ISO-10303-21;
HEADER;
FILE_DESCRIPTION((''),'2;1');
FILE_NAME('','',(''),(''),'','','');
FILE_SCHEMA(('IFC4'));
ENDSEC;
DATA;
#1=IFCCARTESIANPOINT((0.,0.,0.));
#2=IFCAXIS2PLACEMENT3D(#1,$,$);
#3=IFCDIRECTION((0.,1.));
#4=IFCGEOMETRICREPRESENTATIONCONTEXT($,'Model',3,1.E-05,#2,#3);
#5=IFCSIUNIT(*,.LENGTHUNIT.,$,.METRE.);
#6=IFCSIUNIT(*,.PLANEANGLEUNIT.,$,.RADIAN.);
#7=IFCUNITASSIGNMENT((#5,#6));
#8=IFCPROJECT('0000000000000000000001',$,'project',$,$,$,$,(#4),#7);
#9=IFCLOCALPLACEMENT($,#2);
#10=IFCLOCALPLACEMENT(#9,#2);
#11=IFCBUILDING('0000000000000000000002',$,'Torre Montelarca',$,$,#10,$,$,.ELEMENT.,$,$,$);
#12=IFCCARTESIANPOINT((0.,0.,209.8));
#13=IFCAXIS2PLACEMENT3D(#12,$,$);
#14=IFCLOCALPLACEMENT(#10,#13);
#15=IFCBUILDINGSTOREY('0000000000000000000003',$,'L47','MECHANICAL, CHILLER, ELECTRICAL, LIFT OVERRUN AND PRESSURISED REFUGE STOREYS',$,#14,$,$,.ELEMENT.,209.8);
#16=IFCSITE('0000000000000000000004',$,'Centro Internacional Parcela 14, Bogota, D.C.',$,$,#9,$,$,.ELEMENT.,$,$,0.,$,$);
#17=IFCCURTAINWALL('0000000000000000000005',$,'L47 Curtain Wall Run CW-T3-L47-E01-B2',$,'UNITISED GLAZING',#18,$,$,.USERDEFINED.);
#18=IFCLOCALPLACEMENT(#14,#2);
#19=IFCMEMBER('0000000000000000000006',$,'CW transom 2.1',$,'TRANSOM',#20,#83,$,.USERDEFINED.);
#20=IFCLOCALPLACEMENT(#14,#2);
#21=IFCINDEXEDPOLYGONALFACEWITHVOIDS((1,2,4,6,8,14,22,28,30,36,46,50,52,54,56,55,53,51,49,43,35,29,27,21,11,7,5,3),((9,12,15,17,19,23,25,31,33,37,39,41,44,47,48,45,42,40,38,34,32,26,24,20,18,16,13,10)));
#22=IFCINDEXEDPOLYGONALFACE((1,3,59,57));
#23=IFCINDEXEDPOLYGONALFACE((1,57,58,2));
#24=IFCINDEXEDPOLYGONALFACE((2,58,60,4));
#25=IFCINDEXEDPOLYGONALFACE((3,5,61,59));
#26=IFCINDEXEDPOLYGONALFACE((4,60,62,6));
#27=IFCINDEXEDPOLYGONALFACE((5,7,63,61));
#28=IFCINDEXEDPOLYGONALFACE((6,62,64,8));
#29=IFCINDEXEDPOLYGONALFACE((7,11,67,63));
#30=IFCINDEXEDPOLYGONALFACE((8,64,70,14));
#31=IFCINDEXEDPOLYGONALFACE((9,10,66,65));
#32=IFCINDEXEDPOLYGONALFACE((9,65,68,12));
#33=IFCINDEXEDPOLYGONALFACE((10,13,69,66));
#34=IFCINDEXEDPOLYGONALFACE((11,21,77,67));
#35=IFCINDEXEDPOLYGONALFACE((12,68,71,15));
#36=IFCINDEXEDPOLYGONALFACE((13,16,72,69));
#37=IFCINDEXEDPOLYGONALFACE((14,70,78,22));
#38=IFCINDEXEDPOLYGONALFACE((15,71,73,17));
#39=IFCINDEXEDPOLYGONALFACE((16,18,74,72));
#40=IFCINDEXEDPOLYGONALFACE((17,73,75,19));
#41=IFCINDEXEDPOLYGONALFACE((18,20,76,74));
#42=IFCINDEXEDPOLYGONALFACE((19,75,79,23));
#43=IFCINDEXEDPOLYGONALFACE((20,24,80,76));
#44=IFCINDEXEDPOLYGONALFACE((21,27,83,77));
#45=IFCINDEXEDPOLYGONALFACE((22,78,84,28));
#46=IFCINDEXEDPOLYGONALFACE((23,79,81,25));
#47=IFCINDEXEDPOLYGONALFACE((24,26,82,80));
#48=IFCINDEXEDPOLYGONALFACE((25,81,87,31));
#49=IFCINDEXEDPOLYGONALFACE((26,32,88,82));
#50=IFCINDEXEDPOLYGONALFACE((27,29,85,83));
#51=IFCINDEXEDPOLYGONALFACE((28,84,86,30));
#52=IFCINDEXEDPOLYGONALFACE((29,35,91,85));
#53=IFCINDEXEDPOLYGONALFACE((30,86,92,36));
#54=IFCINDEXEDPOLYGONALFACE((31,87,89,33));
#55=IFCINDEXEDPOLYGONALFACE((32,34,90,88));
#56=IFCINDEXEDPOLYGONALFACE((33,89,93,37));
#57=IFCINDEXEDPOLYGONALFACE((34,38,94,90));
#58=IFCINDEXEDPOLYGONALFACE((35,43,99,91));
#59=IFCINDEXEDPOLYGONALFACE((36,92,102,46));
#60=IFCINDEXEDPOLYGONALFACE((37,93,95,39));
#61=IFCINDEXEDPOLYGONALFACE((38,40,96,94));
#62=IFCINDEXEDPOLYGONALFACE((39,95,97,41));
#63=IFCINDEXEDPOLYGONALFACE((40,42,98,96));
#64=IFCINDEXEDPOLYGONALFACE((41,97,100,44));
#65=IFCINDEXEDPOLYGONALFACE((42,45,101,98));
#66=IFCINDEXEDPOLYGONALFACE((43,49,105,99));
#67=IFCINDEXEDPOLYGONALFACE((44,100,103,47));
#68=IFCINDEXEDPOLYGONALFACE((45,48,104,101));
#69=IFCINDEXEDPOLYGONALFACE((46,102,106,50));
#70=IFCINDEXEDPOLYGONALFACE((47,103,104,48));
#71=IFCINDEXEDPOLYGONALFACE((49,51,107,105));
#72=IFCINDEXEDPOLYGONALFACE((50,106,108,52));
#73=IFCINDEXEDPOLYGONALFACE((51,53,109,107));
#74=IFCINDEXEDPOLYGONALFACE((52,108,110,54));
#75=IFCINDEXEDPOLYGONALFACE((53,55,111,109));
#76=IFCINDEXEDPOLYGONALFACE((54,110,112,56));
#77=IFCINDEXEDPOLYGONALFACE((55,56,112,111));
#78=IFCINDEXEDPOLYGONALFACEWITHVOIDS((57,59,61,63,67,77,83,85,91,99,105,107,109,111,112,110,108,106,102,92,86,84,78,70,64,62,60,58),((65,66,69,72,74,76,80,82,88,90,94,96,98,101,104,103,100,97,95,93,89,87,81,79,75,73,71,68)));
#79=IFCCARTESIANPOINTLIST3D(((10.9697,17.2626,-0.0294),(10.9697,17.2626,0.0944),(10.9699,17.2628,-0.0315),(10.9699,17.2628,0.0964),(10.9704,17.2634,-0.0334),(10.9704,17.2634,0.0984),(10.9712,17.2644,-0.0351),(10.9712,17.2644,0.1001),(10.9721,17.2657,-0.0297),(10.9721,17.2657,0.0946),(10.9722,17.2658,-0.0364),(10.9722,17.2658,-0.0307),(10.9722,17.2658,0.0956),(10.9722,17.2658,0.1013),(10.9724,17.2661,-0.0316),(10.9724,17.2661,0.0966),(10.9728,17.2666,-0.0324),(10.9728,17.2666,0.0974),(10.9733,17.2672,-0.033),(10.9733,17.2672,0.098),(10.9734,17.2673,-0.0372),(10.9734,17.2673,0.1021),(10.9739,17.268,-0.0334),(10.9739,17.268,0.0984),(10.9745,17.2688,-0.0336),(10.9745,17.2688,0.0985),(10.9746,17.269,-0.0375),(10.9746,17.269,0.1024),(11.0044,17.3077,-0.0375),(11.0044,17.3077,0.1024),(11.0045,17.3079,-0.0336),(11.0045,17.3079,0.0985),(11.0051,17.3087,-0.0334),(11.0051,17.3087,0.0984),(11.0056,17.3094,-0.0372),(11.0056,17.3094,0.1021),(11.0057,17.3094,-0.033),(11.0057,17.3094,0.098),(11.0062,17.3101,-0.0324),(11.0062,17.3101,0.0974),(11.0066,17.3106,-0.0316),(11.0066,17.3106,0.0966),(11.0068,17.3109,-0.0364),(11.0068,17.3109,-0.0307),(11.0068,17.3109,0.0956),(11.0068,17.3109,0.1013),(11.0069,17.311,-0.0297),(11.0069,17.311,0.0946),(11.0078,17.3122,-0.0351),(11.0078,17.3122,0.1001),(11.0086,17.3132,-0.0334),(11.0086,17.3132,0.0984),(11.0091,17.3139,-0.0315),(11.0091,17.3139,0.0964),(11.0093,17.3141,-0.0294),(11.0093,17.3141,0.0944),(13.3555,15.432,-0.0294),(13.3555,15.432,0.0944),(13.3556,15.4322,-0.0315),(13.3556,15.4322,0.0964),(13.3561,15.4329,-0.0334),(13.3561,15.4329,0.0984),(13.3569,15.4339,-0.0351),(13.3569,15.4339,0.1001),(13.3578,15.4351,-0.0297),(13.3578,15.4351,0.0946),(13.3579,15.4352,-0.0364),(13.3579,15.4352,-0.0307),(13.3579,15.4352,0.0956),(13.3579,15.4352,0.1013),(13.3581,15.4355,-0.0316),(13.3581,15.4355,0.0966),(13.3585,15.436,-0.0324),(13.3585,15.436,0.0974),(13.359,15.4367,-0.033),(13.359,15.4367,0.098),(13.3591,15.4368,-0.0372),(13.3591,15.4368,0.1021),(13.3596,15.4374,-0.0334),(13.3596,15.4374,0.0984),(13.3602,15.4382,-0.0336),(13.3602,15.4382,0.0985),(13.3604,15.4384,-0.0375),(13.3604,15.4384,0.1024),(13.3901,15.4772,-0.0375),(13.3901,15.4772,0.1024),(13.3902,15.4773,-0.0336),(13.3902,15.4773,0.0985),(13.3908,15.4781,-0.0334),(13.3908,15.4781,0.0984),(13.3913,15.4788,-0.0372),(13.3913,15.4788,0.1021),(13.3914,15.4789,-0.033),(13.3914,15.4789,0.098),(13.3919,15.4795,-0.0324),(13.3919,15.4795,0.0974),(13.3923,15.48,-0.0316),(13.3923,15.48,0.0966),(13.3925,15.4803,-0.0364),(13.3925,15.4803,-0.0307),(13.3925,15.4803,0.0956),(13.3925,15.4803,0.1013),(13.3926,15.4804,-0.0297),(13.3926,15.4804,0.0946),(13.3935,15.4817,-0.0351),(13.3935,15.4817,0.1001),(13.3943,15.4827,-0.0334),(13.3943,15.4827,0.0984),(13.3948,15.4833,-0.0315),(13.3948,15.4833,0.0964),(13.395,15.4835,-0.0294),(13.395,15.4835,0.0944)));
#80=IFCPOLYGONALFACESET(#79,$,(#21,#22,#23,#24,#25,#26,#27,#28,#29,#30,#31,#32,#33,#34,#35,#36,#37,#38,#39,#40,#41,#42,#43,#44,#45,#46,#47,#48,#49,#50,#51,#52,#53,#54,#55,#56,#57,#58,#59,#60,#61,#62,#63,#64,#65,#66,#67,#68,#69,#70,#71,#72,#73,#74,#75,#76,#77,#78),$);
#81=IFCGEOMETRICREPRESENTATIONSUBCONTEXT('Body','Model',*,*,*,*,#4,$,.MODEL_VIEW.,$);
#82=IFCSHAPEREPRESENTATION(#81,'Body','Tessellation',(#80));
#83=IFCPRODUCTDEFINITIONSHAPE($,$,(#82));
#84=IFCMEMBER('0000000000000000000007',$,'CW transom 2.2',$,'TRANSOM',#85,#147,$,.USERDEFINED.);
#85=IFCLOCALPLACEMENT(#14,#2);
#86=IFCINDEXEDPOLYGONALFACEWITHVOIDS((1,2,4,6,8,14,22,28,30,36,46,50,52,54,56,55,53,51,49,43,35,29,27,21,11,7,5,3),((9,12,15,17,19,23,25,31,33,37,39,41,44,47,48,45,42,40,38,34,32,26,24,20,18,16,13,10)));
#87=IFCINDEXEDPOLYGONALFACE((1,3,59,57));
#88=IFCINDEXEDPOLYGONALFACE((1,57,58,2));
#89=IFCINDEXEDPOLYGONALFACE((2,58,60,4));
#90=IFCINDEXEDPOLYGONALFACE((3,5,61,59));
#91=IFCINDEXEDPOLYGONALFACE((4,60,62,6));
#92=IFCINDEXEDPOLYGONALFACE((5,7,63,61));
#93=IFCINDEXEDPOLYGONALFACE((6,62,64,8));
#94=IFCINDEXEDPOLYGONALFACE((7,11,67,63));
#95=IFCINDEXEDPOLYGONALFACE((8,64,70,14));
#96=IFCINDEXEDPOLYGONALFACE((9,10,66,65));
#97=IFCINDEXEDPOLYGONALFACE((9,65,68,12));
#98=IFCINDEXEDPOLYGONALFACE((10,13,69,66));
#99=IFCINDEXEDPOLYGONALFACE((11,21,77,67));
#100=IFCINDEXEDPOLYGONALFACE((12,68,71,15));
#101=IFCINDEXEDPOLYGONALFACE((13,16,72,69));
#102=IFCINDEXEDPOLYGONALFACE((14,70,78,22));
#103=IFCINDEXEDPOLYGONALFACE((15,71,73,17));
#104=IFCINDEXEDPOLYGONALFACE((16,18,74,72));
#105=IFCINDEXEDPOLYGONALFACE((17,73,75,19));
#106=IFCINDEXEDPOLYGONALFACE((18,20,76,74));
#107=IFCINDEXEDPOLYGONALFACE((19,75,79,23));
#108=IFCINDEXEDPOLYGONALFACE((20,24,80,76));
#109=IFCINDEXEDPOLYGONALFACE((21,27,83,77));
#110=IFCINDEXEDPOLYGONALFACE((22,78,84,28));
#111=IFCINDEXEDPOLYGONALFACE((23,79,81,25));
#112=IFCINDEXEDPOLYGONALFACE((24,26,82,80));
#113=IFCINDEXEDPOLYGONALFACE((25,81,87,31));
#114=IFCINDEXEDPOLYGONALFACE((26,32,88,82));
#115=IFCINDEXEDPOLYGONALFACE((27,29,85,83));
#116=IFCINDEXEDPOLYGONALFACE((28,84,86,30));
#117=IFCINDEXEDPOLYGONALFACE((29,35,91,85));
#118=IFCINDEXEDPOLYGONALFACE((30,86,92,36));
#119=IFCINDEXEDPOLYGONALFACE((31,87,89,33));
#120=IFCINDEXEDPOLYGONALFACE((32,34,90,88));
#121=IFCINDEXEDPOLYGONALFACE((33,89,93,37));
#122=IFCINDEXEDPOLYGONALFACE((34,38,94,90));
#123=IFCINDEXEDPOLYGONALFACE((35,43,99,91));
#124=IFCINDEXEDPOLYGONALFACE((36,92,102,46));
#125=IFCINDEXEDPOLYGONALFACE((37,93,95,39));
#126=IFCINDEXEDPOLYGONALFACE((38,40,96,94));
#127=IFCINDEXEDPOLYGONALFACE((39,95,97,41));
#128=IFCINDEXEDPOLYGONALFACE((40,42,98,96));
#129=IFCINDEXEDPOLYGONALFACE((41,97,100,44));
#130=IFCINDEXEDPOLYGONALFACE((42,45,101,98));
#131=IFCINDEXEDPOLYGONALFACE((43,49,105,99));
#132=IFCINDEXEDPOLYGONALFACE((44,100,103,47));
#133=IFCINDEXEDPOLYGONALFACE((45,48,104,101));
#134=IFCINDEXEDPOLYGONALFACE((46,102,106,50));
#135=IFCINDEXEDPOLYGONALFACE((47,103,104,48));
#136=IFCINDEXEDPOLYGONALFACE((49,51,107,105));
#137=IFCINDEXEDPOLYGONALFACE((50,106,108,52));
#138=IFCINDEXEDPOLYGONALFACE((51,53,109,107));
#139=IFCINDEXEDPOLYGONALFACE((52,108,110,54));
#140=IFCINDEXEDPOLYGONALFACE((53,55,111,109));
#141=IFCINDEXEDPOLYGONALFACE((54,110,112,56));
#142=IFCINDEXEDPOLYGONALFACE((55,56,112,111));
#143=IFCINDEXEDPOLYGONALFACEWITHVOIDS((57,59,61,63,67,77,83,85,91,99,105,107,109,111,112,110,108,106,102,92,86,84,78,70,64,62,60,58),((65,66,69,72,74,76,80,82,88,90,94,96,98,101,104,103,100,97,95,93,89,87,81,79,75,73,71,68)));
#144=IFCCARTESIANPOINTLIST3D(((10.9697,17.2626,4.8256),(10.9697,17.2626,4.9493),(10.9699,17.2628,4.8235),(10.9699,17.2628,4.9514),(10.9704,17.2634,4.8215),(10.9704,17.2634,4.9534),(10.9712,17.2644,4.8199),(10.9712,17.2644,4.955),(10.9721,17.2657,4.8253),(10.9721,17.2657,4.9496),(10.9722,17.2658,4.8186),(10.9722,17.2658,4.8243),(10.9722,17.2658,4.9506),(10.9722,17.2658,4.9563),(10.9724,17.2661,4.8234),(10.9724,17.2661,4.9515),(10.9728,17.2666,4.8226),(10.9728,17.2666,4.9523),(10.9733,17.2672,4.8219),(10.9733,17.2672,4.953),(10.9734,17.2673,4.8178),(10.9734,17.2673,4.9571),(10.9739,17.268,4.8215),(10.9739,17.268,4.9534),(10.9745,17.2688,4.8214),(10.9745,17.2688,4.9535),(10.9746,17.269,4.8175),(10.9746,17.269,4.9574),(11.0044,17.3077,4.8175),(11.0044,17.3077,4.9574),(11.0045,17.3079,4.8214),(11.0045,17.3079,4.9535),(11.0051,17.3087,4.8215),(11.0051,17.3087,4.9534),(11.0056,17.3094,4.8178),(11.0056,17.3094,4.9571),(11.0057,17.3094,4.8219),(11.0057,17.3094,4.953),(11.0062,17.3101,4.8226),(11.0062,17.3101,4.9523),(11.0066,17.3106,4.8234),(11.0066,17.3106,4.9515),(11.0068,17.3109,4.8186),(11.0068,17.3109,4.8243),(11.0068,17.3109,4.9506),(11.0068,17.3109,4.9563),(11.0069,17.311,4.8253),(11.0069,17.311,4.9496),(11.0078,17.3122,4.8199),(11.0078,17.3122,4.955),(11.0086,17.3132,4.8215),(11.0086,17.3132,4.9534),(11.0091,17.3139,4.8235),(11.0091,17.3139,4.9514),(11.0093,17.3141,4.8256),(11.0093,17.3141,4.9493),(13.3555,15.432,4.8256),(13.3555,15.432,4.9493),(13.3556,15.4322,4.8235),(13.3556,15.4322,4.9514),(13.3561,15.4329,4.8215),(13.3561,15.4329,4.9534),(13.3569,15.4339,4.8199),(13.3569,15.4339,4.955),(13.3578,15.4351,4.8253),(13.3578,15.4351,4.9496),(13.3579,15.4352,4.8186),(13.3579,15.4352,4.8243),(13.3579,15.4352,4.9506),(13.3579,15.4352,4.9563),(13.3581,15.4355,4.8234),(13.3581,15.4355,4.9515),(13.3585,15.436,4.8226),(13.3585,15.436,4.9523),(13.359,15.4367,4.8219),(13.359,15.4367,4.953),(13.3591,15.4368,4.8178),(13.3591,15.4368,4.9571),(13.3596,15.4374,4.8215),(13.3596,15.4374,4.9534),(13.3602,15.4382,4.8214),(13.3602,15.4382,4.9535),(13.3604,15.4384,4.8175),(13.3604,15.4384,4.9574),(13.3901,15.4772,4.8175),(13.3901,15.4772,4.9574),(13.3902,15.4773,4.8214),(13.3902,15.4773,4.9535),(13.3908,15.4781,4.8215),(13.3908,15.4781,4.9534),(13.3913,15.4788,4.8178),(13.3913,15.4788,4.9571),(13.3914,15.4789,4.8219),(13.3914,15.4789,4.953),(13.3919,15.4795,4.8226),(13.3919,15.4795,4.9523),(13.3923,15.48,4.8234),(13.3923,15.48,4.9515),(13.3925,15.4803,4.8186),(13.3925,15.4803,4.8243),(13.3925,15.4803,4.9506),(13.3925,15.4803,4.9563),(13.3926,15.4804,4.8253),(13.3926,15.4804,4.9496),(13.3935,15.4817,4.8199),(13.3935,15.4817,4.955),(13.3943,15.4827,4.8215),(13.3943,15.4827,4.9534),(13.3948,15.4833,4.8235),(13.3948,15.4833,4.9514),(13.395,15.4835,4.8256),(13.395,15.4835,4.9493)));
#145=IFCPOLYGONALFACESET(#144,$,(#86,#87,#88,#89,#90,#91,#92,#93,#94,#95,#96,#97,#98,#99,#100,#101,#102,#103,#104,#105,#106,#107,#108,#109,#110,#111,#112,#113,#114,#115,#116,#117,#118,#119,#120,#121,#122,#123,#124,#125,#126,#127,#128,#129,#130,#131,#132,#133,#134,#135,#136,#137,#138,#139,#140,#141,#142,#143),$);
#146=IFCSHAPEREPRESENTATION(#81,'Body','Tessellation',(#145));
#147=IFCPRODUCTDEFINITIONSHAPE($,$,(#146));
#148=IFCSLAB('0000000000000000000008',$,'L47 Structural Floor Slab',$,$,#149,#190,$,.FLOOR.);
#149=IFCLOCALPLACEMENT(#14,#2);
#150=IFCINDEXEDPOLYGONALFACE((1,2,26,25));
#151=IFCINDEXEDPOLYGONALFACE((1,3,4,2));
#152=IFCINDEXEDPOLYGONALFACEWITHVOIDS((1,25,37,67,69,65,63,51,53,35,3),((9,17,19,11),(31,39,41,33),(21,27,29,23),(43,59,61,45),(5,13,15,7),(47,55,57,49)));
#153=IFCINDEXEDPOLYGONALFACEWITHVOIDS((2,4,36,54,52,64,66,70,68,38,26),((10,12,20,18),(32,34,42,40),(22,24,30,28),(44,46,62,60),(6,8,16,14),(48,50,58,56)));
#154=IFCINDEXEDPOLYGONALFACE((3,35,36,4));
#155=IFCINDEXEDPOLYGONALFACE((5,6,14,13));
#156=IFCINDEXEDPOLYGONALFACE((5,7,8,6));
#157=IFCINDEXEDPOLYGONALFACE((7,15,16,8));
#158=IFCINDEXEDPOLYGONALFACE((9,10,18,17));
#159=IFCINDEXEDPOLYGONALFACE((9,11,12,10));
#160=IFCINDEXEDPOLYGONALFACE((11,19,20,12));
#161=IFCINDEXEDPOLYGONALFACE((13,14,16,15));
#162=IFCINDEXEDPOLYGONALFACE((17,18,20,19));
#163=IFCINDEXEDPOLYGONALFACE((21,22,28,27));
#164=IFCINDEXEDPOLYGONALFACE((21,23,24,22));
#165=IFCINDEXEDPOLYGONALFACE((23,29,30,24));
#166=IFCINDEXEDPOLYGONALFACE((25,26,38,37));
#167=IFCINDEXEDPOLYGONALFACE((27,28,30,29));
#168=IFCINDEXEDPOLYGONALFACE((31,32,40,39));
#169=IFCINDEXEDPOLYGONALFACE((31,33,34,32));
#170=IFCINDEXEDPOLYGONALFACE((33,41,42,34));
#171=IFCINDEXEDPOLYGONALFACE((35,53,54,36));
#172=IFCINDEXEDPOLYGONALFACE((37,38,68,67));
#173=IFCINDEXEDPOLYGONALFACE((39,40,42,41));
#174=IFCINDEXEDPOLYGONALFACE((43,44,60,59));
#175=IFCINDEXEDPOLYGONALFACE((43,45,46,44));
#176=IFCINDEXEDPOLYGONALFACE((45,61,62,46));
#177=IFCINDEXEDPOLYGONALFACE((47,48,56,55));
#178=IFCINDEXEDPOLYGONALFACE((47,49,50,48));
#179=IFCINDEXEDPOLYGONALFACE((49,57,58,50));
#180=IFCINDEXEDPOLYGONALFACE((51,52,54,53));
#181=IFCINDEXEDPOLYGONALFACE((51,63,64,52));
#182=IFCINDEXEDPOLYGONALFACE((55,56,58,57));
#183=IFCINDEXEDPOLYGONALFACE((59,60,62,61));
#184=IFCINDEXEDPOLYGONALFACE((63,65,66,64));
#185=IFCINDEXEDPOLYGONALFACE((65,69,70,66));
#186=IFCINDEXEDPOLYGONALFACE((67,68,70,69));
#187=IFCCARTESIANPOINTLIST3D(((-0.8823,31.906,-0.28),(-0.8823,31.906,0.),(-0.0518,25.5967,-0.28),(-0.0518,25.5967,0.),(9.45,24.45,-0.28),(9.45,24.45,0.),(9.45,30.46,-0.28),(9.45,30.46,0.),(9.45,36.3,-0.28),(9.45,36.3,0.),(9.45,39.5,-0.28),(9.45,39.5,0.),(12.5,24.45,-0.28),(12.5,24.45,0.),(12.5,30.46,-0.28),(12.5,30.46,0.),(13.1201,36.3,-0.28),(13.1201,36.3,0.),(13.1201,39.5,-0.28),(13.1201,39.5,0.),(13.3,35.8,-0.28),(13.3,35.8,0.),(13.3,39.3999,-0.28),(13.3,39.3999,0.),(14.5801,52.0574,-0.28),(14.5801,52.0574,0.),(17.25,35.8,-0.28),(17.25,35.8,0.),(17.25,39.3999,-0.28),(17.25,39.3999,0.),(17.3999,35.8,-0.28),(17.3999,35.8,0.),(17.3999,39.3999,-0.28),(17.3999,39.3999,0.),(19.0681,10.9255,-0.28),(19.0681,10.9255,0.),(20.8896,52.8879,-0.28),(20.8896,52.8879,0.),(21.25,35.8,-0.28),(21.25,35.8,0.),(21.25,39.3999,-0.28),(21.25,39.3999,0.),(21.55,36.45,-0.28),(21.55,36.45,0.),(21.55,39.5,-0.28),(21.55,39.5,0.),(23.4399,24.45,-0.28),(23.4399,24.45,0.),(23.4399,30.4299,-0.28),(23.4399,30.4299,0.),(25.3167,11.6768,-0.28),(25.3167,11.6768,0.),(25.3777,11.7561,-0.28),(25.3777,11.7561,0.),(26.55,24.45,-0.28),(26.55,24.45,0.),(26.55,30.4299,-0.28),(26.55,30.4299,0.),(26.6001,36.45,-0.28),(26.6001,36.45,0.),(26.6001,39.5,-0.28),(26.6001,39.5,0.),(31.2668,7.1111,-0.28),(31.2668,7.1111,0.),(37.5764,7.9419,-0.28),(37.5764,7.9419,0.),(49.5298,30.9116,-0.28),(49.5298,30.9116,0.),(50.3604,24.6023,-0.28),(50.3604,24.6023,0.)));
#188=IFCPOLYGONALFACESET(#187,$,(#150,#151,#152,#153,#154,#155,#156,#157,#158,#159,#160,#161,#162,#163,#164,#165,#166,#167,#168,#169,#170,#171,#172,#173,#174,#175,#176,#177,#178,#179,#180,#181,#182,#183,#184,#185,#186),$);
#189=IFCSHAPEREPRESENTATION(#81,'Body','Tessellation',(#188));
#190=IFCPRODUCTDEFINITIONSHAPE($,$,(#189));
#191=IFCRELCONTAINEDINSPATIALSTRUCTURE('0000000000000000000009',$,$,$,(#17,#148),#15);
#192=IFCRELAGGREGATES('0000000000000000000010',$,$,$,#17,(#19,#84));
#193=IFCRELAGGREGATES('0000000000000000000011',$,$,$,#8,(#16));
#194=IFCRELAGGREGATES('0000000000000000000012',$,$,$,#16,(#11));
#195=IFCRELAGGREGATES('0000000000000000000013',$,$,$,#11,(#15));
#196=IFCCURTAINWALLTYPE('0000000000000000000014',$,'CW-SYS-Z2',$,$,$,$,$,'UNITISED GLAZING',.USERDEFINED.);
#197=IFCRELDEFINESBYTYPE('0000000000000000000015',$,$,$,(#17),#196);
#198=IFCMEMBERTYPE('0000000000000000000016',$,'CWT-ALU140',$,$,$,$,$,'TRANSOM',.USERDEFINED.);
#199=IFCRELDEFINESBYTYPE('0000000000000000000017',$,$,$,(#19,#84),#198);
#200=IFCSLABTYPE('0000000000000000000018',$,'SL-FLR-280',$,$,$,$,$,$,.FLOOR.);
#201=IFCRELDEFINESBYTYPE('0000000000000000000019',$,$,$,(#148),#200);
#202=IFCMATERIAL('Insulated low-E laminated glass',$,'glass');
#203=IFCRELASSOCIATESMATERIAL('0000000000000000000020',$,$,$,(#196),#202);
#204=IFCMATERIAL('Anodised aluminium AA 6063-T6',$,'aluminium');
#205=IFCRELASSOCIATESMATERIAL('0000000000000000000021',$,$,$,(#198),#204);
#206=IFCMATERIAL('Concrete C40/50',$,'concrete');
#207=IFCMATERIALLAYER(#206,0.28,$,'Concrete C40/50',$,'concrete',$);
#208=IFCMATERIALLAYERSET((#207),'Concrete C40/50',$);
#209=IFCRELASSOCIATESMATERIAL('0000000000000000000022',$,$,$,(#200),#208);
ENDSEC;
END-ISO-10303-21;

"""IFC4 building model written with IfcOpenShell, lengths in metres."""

from ifc_helpers import new_model, si_unit, direction, frame, origin, origin_2d, place, context, subcontext, project, spatial, polyline, hollow_rectangle, outline, extrude, source, transform, mapped, material, layer, layer_set, material_profile, profile_set, type_object, element, aggregate, save


model = new_model("IFC4")

# Units and contexts
model_context = context("Model", 3, precision=1e-05, world=origin(), true_north=direction((0.0, 1.0)))
body_context = subcontext(model_context, "Body", "Model", "MODEL_VIEW")
ifc_project = project(units=[si_unit("LENGTHUNIT", "METRE"), si_unit("PLANEANGLEUNIT", "RADIAN")], contexts=[model_context])

# Site, building, storey
site_placement = place(None, origin())
site = spatial("IfcSite", under=ifc_project, at=site_placement, Name="Centro Internacional Parcela 14, Bogota, D.C.", CompositionType="ELEMENT", RefElevation=0.0)
building_placement = place(site_placement, origin())
building = spatial("IfcBuilding", under=site, at=building_placement, Name="Torre Montelarca", CompositionType="ELEMENT")
storey_placement = place(building_placement, frame((0.0, 0.0, 209.8)))
storey = spatial("IfcBuildingStorey", under=building, at=storey_placement, Name="L47", Description="MECHANICAL, CHILLER, ELECTRICAL, LIFT OVERRUN AND PRESSURISED REFUGE STOREYS", CompositionType="ELEMENT", Elevation=209.8)

# Curtain wall
ifc_material_1 = material(Name="Insulated low-E laminated glass", Category="glass")
curtain_wall_type = type_object("IfcCurtainWallType", Name="CW-SYS-Z2", ElementType="UNITISED GLAZING", PredefinedType="USERDEFINED", material=ifc_material_1)
ifc_material_2 = material(Name="Anodised aluminium AA 6063-T6", Category="aluminium")
ifc_material_profile_1 = material_profile(ifc_material_2, hollow_rectangle(XDim=0.0649, YDim=0.1399, WallThickness=0.0039, InnerFilletRadius=0.0039, OuterFilletRadius=0.0081, at=origin_2d()), Name="ALU65X140X4", Category="aluminium")
ifc_profile_set_1 = profile_set([ifc_material_profile_1], Name="Anodised aluminium AA 6063-T6")
member_type_1 = type_object("IfcMemberType", Name="CWT-ALU140", ElementType="TRANSOM", PredefinedType="USERDEFINED", material=ifc_profile_set_1)
curtain_wall_1_placement = place(storey_placement, origin())
curtain_wall_1 = element("IfcCurtainWall", 1, at=curtain_wall_1_placement, inside=storey, type_object=curtain_wall_type, Name="L47 Curtain Wall Run CW-T3-L47-E01-B2", ObjectType="UNITISED GLAZING", PredefinedType="USERDEFINED")

# Members
shared_shape_1 = source(origin(), body_context, "Body", "SweptSolid", [
    extrude(hollow_rectangle(XDim=0.0649, YDim=0.1399, WallThickness=0.0039, InnerFilletRadius=0.0039, OuterFilletRadius=0.0081, at=origin_2d()), origin(), (0.0, 0.0, 1.0), 3.0071),
])
member_1_placement = place(storey_placement, frame((10.9895, 17.2883, 0.0325), z_axis=(0.793366, -0.608745, 0.0), x_axis=(0.608745, 0.793366, 0.0)))
member_1 = element("IfcMember", 2, at=member_1_placement, type_object=member_type_1, Name="CW transom 2.1", ObjectType="TRANSOM", PredefinedType="USERDEFINED", context=body_context, shape_type="MappedRepresentation", body=[
    mapped(shared_shape_1, transform((0.0, 0.0, 0.0), scale=1.0)),
])
member_2_placement = place(storey_placement, frame((10.9895, 17.2883, 4.8875), z_axis=(0.793366, -0.608745, 0.0), x_axis=(0.608745, 0.793366, 0.0)))
member_2 = element("IfcMember", 3, at=member_2_placement, type_object=member_type_1, Name="CW transom 2.2", ObjectType="TRANSOM", PredefinedType="USERDEFINED", context=body_context, shape_type="MappedRepresentation", body=[
    mapped(shared_shape_1, transform((0.0, 0.0, 0.0), scale=1.0)),
])

# Slab
ifc_material_3 = material(Name="Concrete C40/50", Category="concrete")
ifc_layer_1 = layer(ifc_material_3, 0.28, Name="Concrete C40/50", Category="concrete")
ifc_layer_set_1 = layer_set([ifc_layer_1], Name="Concrete C40/50")
slab_type_1 = type_object("IfcSlabType", Name="SL-FLR-280", PredefinedType="FLOOR", material=ifc_layer_set_1)
slab_1_placement = place(storey_placement, frame((0.0, 0.0, -0.28)))
element("IfcSlab", 4, at=slab_1_placement, inside=storey, type_object=slab_type_1, Name="L47 Structural Floor Slab", PredefinedType="FLOOR", context=body_context, shape_type="SweptSolid", body=[
    extrude(outline(polyline([(19.0681, 10.9255), (25.3777, 11.7561), (25.3167, 11.6768), (31.2668, 7.1111), (37.5764, 7.9419), (50.3604, 24.6023), (49.5298, 30.9116), (20.8896, 52.8879), (14.5801, 52.0574), (-0.8823, 31.906), (-0.0518, 25.5967), (19.0681, 10.9255)]), holes=[polyline([(26.55, 24.45), (23.4399, 24.45), (23.4399, 30.4299), (26.55, 30.4299), (26.55, 24.45)]), polyline([(9.45, 24.45), (9.45, 30.46), (12.5, 30.46), (12.5, 24.45), (9.45, 24.45)]), polyline([(17.25, 35.8), (13.3, 35.8), (13.3, 39.3999), (17.25, 39.3999), (17.25, 35.8)]), polyline([(21.25, 39.3999), (21.25, 35.8), (17.3999, 35.8), (17.3999, 39.3999), (21.25, 39.3999)]), polyline([(13.1201, 36.3), (9.45, 36.3), (9.45, 39.5), (13.1201, 39.5), (13.1201, 36.3)]), polyline([(26.6001, 36.45), (21.55, 36.45), (21.55, 39.5), (26.6001, 39.5), (26.6001, 36.45)])]), origin(), (0.0, 0.0, 1.0), 0.28),
])

aggregate(curtain_wall_1, [member_1, member_2])

save(model, "model.ifc")
